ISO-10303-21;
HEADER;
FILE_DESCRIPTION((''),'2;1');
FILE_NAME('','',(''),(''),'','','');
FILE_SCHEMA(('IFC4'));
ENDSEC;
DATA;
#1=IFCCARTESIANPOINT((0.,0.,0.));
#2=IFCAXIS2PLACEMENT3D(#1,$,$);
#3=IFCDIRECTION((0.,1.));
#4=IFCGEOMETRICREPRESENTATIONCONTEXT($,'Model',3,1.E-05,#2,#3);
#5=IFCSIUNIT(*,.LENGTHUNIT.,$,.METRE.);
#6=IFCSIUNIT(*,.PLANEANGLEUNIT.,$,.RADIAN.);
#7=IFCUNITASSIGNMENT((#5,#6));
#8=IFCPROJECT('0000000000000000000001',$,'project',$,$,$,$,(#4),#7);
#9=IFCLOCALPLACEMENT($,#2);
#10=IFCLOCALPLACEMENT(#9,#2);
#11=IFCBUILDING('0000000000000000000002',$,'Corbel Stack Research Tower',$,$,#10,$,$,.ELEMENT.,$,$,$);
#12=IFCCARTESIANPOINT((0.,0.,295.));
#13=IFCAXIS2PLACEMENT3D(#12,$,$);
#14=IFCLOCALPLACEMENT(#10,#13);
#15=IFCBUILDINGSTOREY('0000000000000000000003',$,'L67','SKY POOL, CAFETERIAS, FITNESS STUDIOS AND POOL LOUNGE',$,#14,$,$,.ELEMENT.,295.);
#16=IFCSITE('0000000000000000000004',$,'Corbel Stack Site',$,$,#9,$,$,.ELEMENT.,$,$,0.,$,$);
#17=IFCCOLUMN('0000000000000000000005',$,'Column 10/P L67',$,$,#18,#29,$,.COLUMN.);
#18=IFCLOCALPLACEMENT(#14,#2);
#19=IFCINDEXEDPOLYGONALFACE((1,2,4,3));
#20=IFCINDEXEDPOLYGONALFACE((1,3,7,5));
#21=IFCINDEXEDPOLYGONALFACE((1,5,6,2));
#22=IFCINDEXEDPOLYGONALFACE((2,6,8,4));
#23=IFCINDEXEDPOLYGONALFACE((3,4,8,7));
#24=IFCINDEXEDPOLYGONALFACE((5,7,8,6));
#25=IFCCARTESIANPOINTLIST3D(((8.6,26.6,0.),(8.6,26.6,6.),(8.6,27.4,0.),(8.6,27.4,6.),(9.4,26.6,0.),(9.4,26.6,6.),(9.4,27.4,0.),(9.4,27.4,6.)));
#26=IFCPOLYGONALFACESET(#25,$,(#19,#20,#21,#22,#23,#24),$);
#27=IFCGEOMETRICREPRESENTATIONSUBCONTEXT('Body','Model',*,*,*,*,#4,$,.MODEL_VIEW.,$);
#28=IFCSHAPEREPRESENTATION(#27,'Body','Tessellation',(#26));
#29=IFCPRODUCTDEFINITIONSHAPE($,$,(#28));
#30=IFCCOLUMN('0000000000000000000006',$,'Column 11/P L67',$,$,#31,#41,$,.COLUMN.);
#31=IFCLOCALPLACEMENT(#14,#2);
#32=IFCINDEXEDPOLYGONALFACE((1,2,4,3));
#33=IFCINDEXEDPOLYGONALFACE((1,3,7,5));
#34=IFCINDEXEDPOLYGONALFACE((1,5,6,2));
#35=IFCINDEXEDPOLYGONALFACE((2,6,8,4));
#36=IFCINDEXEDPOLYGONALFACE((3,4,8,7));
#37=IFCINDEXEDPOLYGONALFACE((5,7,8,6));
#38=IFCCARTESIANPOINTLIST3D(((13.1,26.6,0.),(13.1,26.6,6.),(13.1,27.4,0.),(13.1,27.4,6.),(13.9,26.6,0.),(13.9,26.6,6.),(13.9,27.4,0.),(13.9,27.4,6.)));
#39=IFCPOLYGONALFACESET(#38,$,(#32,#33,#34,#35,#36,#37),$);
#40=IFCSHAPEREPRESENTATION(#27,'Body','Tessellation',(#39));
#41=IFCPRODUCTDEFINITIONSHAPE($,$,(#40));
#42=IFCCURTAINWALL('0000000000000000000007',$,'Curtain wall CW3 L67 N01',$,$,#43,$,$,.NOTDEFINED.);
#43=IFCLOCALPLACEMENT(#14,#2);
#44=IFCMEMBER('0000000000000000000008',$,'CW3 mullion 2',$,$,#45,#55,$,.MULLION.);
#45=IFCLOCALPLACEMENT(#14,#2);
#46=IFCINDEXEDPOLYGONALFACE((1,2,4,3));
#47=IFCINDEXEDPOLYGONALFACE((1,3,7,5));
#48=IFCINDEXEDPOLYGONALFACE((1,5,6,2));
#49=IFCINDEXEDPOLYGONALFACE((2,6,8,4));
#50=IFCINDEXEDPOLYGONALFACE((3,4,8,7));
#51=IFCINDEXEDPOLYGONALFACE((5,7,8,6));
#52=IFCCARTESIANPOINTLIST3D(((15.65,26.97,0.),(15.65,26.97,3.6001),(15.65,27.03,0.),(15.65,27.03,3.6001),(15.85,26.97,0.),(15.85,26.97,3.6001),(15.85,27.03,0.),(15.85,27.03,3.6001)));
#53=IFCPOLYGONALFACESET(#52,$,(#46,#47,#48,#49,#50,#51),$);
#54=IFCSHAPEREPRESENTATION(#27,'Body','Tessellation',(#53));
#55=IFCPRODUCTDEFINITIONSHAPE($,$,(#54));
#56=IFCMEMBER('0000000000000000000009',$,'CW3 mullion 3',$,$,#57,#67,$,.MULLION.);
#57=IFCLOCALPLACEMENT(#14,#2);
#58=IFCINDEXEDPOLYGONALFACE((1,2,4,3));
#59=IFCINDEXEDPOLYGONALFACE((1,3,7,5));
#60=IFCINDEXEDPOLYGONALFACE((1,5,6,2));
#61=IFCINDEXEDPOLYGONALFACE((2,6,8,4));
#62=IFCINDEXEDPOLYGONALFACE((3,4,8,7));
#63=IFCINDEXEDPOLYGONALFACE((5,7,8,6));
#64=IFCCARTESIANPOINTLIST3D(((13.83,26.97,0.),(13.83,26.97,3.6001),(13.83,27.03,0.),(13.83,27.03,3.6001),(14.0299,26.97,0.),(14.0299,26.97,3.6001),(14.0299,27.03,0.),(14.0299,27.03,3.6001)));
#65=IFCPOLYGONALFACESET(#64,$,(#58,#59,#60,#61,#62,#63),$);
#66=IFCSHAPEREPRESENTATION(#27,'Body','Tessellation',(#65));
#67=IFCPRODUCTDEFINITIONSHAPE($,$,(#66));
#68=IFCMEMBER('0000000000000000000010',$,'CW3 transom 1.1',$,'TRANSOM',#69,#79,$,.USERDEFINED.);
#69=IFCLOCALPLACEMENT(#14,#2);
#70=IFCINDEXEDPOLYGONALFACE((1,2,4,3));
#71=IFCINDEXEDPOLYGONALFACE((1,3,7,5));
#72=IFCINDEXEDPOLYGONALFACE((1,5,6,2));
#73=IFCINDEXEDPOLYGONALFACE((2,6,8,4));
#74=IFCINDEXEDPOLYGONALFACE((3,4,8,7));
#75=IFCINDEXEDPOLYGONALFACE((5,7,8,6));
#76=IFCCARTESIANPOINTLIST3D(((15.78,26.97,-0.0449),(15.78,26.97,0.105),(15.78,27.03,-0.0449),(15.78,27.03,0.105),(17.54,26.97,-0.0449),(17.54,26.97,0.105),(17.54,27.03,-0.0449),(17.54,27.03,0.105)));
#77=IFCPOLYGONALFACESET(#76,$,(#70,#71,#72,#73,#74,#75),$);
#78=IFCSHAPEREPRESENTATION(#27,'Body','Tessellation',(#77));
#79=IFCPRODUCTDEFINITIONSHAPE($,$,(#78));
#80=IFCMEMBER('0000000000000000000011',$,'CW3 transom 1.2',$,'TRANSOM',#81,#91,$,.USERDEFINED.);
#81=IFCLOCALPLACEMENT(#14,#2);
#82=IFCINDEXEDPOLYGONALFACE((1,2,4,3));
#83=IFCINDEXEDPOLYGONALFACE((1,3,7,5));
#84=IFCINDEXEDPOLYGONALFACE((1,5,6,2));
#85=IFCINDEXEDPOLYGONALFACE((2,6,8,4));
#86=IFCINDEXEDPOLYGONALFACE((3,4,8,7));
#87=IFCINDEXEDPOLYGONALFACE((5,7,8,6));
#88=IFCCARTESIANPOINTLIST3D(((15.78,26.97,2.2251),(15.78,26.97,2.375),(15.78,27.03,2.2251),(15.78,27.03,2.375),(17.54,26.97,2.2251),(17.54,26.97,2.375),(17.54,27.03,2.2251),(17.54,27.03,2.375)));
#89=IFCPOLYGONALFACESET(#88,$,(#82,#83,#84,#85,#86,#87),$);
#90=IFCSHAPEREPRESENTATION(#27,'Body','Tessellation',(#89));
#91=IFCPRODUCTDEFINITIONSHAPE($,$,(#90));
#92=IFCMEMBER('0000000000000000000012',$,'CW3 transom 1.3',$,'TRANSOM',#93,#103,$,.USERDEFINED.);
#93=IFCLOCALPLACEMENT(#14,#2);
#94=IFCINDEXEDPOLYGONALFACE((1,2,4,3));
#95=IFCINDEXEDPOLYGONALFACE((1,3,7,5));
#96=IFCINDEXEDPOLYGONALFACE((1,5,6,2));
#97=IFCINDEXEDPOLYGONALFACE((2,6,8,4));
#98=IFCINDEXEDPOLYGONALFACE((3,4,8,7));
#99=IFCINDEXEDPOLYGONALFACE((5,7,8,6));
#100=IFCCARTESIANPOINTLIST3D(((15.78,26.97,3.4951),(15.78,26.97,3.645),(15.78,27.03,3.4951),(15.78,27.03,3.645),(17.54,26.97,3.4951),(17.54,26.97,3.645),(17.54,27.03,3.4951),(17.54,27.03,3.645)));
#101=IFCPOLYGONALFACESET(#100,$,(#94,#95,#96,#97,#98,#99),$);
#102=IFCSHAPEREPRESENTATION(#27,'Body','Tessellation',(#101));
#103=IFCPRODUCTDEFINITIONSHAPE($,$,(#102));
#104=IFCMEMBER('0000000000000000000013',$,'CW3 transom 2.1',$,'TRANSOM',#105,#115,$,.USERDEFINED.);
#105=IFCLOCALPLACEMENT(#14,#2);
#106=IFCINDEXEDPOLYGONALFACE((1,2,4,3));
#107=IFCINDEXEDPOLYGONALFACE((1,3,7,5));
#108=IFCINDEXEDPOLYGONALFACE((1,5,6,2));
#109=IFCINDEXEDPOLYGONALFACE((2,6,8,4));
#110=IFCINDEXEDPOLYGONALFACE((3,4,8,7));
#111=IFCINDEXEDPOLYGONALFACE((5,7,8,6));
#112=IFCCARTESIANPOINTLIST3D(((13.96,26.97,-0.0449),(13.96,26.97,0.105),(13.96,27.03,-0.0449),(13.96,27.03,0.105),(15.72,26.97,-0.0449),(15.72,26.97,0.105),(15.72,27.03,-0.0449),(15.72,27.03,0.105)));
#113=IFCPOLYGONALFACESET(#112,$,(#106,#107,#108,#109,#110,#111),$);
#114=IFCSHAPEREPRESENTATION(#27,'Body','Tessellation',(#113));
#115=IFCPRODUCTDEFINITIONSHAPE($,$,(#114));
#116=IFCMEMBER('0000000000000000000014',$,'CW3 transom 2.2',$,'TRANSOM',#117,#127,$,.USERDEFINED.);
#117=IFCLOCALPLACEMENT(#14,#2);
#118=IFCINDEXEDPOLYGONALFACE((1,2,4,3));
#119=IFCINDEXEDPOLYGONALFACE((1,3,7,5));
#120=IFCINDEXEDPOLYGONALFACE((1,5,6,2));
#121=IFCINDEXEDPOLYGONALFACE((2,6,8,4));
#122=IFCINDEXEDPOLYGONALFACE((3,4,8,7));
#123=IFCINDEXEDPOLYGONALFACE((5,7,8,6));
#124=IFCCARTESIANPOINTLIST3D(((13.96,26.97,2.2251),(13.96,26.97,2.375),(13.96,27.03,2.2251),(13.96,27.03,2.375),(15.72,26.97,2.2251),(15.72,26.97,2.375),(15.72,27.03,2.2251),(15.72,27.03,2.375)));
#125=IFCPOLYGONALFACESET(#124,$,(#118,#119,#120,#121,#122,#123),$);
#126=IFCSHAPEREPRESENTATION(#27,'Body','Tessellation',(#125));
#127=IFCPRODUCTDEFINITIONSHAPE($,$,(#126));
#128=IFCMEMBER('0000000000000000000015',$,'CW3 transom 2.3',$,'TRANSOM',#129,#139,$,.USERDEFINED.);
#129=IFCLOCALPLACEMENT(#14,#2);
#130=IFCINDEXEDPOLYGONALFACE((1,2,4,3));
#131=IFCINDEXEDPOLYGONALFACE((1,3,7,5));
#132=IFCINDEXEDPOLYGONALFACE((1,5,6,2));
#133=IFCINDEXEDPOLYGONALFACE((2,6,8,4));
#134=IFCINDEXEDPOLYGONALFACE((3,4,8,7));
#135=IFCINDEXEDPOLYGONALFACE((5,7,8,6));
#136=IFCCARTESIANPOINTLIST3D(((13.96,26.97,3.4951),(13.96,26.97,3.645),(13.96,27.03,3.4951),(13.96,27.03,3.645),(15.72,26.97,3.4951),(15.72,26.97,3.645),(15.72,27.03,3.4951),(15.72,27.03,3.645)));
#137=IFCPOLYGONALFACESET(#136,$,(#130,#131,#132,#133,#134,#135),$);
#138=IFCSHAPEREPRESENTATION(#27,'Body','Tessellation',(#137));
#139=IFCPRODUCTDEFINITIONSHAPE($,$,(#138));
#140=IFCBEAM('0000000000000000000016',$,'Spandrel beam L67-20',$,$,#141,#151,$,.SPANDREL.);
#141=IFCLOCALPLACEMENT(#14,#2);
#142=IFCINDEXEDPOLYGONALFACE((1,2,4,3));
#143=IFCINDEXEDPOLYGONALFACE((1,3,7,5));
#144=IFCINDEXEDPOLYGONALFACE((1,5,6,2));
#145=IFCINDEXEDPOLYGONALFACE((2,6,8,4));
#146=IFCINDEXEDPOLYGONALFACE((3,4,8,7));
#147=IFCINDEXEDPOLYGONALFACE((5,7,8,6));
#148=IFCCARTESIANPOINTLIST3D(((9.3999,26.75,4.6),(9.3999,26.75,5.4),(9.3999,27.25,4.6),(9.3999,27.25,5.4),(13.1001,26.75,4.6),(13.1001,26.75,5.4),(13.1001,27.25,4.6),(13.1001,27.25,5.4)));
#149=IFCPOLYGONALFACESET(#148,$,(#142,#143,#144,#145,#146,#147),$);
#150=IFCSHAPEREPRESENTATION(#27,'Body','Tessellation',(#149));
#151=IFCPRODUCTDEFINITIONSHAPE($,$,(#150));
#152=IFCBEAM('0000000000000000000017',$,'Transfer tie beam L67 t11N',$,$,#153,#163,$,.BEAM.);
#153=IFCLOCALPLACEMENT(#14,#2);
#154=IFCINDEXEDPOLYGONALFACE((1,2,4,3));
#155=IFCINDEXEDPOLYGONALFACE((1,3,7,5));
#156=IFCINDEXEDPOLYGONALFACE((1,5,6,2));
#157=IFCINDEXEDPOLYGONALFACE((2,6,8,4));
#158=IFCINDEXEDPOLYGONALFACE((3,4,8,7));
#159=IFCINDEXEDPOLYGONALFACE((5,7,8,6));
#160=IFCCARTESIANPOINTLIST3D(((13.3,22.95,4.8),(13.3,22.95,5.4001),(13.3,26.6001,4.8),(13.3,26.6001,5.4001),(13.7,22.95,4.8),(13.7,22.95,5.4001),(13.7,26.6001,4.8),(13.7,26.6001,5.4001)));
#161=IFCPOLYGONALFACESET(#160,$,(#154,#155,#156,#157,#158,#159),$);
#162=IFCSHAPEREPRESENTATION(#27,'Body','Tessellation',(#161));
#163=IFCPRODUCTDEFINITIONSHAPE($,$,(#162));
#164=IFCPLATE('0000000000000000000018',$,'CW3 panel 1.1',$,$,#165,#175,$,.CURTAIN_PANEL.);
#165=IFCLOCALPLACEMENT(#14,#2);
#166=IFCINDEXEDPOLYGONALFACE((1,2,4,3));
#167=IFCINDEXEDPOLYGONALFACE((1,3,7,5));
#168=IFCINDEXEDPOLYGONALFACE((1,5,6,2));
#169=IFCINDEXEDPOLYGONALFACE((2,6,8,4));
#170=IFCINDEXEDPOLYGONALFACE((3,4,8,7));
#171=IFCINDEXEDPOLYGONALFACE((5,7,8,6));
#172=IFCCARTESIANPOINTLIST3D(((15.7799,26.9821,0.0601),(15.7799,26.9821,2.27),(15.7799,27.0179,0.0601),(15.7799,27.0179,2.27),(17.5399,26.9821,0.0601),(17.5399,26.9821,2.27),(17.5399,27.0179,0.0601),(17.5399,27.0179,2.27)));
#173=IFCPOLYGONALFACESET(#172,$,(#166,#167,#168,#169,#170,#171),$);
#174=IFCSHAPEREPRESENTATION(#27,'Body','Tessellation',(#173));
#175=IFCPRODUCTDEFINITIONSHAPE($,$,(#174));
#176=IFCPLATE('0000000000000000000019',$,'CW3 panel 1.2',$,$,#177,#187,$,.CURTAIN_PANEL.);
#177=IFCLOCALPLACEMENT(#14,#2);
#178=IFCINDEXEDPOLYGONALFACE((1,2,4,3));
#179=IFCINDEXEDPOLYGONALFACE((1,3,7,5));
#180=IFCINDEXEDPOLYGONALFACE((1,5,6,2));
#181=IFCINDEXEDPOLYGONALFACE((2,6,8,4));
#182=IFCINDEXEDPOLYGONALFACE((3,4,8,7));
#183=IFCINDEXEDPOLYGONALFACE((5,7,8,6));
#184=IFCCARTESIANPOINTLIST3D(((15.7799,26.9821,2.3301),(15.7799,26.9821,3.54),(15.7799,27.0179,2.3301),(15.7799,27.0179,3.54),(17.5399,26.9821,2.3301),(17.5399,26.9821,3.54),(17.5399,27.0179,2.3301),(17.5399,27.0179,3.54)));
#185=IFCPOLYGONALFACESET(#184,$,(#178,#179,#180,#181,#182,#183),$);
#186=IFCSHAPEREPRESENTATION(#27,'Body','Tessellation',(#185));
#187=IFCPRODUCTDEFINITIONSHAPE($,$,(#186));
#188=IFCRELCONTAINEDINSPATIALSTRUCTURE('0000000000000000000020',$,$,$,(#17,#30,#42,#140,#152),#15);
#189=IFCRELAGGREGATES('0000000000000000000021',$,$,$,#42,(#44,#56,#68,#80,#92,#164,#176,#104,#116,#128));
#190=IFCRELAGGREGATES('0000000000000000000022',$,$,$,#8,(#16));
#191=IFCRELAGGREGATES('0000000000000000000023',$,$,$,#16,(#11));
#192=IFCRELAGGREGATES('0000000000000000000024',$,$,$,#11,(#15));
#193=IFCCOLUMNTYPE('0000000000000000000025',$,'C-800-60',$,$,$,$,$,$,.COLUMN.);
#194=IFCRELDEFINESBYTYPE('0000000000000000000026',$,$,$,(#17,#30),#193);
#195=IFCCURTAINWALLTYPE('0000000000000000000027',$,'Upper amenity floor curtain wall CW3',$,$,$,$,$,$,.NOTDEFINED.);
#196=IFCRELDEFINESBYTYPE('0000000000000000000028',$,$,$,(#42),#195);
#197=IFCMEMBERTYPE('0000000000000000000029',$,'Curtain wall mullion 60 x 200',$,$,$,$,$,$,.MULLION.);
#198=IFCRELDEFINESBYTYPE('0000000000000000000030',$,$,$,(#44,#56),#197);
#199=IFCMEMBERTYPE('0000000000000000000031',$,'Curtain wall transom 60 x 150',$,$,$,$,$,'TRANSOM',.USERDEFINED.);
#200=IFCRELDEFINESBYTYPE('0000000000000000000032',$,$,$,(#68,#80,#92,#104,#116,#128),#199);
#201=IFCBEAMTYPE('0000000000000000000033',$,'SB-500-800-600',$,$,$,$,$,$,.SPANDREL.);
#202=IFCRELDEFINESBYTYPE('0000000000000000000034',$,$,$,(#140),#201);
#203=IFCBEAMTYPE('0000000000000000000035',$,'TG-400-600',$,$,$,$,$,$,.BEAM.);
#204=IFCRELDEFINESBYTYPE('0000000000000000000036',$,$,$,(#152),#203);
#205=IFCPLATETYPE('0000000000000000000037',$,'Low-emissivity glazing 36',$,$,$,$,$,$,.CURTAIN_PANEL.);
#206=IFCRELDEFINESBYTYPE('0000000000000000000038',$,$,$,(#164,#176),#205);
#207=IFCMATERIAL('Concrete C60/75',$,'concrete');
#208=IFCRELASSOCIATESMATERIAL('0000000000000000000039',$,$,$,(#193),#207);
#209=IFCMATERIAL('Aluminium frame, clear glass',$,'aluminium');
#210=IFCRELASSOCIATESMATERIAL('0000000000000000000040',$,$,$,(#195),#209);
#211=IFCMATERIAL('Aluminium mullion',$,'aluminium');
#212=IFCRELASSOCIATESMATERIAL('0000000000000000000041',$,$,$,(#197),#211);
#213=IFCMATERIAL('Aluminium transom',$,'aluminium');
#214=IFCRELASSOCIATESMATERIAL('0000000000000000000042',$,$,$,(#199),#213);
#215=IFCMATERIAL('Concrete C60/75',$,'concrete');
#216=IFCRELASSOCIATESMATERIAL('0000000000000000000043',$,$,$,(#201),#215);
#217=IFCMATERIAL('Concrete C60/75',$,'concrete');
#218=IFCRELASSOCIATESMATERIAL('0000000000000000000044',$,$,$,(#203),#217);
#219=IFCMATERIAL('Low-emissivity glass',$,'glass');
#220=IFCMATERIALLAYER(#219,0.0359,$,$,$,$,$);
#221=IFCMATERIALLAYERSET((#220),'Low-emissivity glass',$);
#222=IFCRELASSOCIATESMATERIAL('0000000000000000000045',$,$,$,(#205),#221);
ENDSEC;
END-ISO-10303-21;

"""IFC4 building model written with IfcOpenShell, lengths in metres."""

from ifc_helpers import new_model, si_unit, direction, frame, origin, origin_2d, place, context, subcontext, project, spatial, rectangle, extrude, material, layer, layer_set, material_profile, profile_set, type_object, element, aggregate, save


model = new_model("IFC4")

# Units and contexts
model_context = context("Model", 3, precision=1e-05, world=origin(), true_north=direction((0.0, 1.0)))
body_context = subcontext(model_context, "Body", "Model", "MODEL_VIEW")
ifc_project = project(units=[si_unit("LENGTHUNIT", "METRE"), si_unit("PLANEANGLEUNIT", "RADIAN")], contexts=[model_context])

# Site, building, storey
site_placement = place(None, origin())
site = spatial("IfcSite", under=ifc_project, at=site_placement, Name="Corbel Stack Site", CompositionType="ELEMENT", RefElevation=0.0)
building_placement = place(site_placement, origin())
building = spatial("IfcBuilding", under=site, at=building_placement, Name="Corbel Stack Research Tower", CompositionType="ELEMENT")
storey_placement = place(building_placement, frame((0.0, 0.0, 295.0)))
storey = spatial("IfcBuildingStorey", under=building, at=storey_placement, Name="L67", Description="SKY POOL, CAFETERIAS, FITNESS STUDIOS AND POOL LOUNGE", CompositionType="ELEMENT", Elevation=295.0)

# Columns
ifc_material_1 = material(Name="Concrete C60/75", Category="concrete")
ifc_material_profile_1 = material_profile(ifc_material_1, rectangle(XDim=0.8, YDim=0.8, at=origin_2d()), Name="RC 800 x 800")
ifc_profile_set_1 = profile_set([ifc_material_profile_1], Name="Concrete C60/75")
column_type = type_object("IfcColumnType", Name="C-800-60", PredefinedType="COLUMN", material=ifc_profile_set_1)
for number, where, z_axis, x_axis, name in (
    (1, (9.0, 27.0, 0.0), (0.0, 0.0, 1.0), (1.0, 0.0, 0.0), "Column 10/P L67"),
    (2, (13.5, 27.0, 0.0), (0.0, 0.0, 1.0), (1.0, 0.0, 0.0), "Column 11/P L67"),
):
    element("IfcColumn", number, at=place(storey_placement, frame(where, z_axis=z_axis, x_axis=x_axis)), inside=storey, type_object=column_type, Name=name, PredefinedType="COLUMN", context=body_context, shape_type="SweptSolid", body=[
        extrude(rectangle(XDim=0.8, YDim=0.8, at=origin_2d()), origin(), (0.0, 0.0, 1.0), 6.0),
    ])

# Curtain wall, members
ifc_material_2 = material(Name="Aluminium frame, clear glass", Category="aluminium")
curtain_wall_type = type_object("IfcCurtainWallType", Name="Upper amenity floor curtain wall CW3", PredefinedType="NOTDEFINED", material=ifc_material_2)
curtain_wall_placement = place(storey_placement, origin())
curtain_wall = element("IfcCurtainWall", 3, at=curtain_wall_placement, inside=storey, type_object=curtain_wall_type, Name="Curtain wall CW3 L67 N01", PredefinedType="NOTDEFINED")
ifc_material_3 = material(Name="Aluminium mullion", Category="aluminium")
ifc_material_profile_2 = material_profile(ifc_material_3, rectangle(XDim=0.0601, YDim=0.2, at=origin_2d()), Name="Mullion 60 x 200")
ifc_profile_set_2 = profile_set([ifc_material_profile_2], Name="Aluminium mullion")
member_type_1 = type_object("IfcMemberType", Name="Curtain wall mullion 60 x 200", PredefinedType="MULLION", material=ifc_profile_set_2)
member_1_placement = place(storey_placement, frame((15.75, 27.0, 0.0), z_axis=(0.0, 0.0, 1.0), x_axis=(0.0, -1.0, 0.0)))
member_1 = element("IfcMember", 4, at=member_1_placement, type_object=member_type_1, Name="CW3 mullion 2", PredefinedType="MULLION", context=body_context, shape_type="SweptSolid", body=[
    extrude(rectangle(XDim=0.0601, YDim=0.2, at=origin_2d()), origin(), (0.0, 0.0, 1.0), 3.6001),
])
member_2_placement = place(storey_placement, frame((13.9299, 27.0, 0.0), z_axis=(0.0, 0.0, 1.0), x_axis=(0.0, -1.0, 0.0)))
member_2 = element("IfcMember", 5, at=member_2_placement, type_object=member_type_1, Name="CW3 mullion 3", PredefinedType="MULLION", context=body_context, shape_type="SweptSolid", body=[
    extrude(rectangle(XDim=0.0601, YDim=0.2, at=origin_2d()), origin(), (0.0, 0.0, 1.0), 3.6001),
])
ifc_material_4 = material(Name="Aluminium transom", Category="aluminium")
ifc_material_profile_3 = material_profile(ifc_material_4, rectangle(XDim=0.0601, YDim=0.1499, at=origin_2d()), Name="Transom 60 x 150")
ifc_profile_set_3 = profile_set([ifc_material_profile_3], Name="Aluminium transom")
member_type_2 = type_object("IfcMemberType", Name="Curtain wall transom 60 x 150", ElementType="TRANSOM", PredefinedType="USERDEFINED", material=ifc_profile_set_3)
member_3_placement = place(storey_placement, frame((17.54, 27.0, 0.03), z_axis=(-1.0, 0.0, 0.0), x_axis=(0.0, -1.0, 0.0)))
member_3 = element("IfcMember", 6, at=member_3_placement, type_object=member_type_2, Name="CW3 transom 1.1", ObjectType="TRANSOM", PredefinedType="USERDEFINED", context=body_context, shape_type="SweptSolid", body=[
    extrude(rectangle(XDim=0.0601, YDim=0.1499, at=origin_2d()), origin(), (0.0, 0.0, 1.0), 1.76),
])
member_4_placement = place(storey_placement, frame((17.54, 27.0, 2.3), z_axis=(-1.0, 0.0, 0.0), x_axis=(0.0, -1.0, 0.0)))
member_4 = element("IfcMember", 7, at=member_4_placement, type_object=member_type_2, Name="CW3 transom 1.2", ObjectType="TRANSOM", PredefinedType="USERDEFINED", context=body_context, shape_type="SweptSolid", body=[
    extrude(rectangle(XDim=0.0601, YDim=0.1499, at=origin_2d()), origin(), (0.0, 0.0, 1.0), 1.76),
])
member_5_placement = place(storey_placement, frame((17.54, 27.0, 3.5701), z_axis=(-1.0, 0.0, 0.0), x_axis=(0.0, -1.0, 0.0)))
member_5 = element("IfcMember", 8, at=member_5_placement, type_object=member_type_2, Name="CW3 transom 1.3", ObjectType="TRANSOM", PredefinedType="USERDEFINED", context=body_context, shape_type="SweptSolid", body=[
    extrude(rectangle(XDim=0.0601, YDim=0.1499, at=origin_2d()), origin(), (0.0, 0.0, 1.0), 1.76),
])
member_6_placement = place(storey_placement, frame((15.72, 27.0, 0.03), z_axis=(-1.0, 0.0, 0.0), x_axis=(0.0, -1.0, 0.0)))
member_6 = element("IfcMember", 9, at=member_6_placement, type_object=member_type_2, Name="CW3 transom 2.1", ObjectType="TRANSOM", PredefinedType="USERDEFINED", context=body_context, shape_type="SweptSolid", body=[
    extrude(rectangle(XDim=0.0601, YDim=0.1499, at=origin_2d()), origin(), (0.0, 0.0, 1.0), 1.76),
])
member_7_placement = place(storey_placement, frame((15.72, 27.0, 2.3), z_axis=(-1.0, 0.0, 0.0), x_axis=(0.0, -1.0, 0.0)))
member_7 = element("IfcMember", 10, at=member_7_placement, type_object=member_type_2, Name="CW3 transom 2.2", ObjectType="TRANSOM", PredefinedType="USERDEFINED", context=body_context, shape_type="SweptSolid", body=[
    extrude(rectangle(XDim=0.0601, YDim=0.1499, at=origin_2d()), origin(), (0.0, 0.0, 1.0), 1.76),
])
member_8_placement = place(storey_placement, frame((15.72, 27.0, 3.5701), z_axis=(-1.0, 0.0, 0.0), x_axis=(0.0, -1.0, 0.0)))
member_8 = element("IfcMember", 11, at=member_8_placement, type_object=member_type_2, Name="CW3 transom 2.3", ObjectType="TRANSOM", PredefinedType="USERDEFINED", context=body_context, shape_type="SweptSolid", body=[
    extrude(rectangle(XDim=0.0601, YDim=0.1499, at=origin_2d()), origin(), (0.0, 0.0, 1.0), 1.76),
])

# Beams
ifc_material_5 = material(Name="Concrete C60/75", Category="concrete")
ifc_material_profile_4 = material_profile(ifc_material_5, rectangle(XDim=0.5, YDim=0.8, at=origin_2d()), Name="RC 500 x 800")
ifc_profile_set_4 = profile_set([ifc_material_profile_4], Name="Concrete C60/75")
beam_type_1 = type_object("IfcBeamType", Name="SB-500-800-600", PredefinedType="SPANDREL", material=ifc_profile_set_4)
beam_1_placement = place(storey_placement, frame((13.1001, 27.0, 5.0), z_axis=(-1.0, 0.0, 0.0), x_axis=(0.0, -1.0, 0.0)))
element("IfcBeam", 12, at=beam_1_placement, inside=storey, type_object=beam_type_1, Name="Spandrel beam L67-20", PredefinedType="SPANDREL", context=body_context, shape_type="SweptSolid", body=[
    extrude(rectangle(XDim=0.5, YDim=0.8, at=origin_2d()), origin(), (0.0, 0.0, 1.0), 3.7002),
])
ifc_material_6 = material(Name="Concrete C60/75", Category="concrete")
ifc_material_profile_5 = material_profile(ifc_material_6, rectangle(XDim=0.3999, YDim=0.6001, at=origin_2d()), Name="RC 400 x 600")
ifc_profile_set_5 = profile_set([ifc_material_profile_5], Name="Concrete C60/75")
beam_type_2 = type_object("IfcBeamType", Name="TG-400-600", PredefinedType="BEAM", material=ifc_profile_set_5)
beam_2_placement = place(storey_placement, frame((13.5, 22.95, 5.1001), z_axis=(0.0, 1.0, 0.0), x_axis=(-1.0, 0.0, 0.0)))
element("IfcBeam", 13, at=beam_2_placement, inside=storey, type_object=beam_type_2, Name="Transfer tie beam L67 t11N", PredefinedType="BEAM", context=body_context, shape_type="SweptSolid", body=[
    extrude(rectangle(XDim=0.3999, YDim=0.6001, at=origin_2d()), origin(), (0.0, 0.0, 1.0), 3.6501),
])

# Plates
ifc_material_7 = material(Name="Low-emissivity glass", Category="glass")
ifc_layer_1 = layer(ifc_material_7, 0.0359)
ifc_layer_set_1 = layer_set([ifc_layer_1], Name="Low-emissivity glass")
plate_type = type_object("IfcPlateType", Name="Low-emissivity glazing 36", PredefinedType="CURTAIN_PANEL", material=ifc_layer_set_1)
plate_1_placement = place(storey_placement, frame((16.6599, 27.0, 0.0601), z_axis=(0.0, 0.0, 1.0), x_axis=(-1.0, 0.0, 0.0)))
plate_1 = element("IfcPlate", 14, at=plate_1_placement, type_object=plate_type, Name="CW3 panel 1.1", PredefinedType="CURTAIN_PANEL", context=body_context, shape_type="SweptSolid", body=[
    extrude(rectangle(XDim=1.76, YDim=0.0359, at=origin_2d()), origin(), (0.0, 0.0, 1.0), 2.21),
])
plate_2_placement = place(storey_placement, frame((16.6599, 27.0, 2.3301), z_axis=(0.0, 0.0, 1.0), x_axis=(-1.0, 0.0, 0.0)))
plate_2 = element("IfcPlate", 15, at=plate_2_placement, type_object=plate_type, Name="CW3 panel 1.2", PredefinedType="CURTAIN_PANEL", context=body_context, shape_type="SweptSolid", body=[
    extrude(rectangle(XDim=1.76, YDim=0.0359, at=origin_2d()), origin(), (0.0, 0.0, 1.0), 1.21),
])
aggregate(curtain_wall, [member_1, member_2, member_3, member_4, member_5, plate_1, plate_2, member_6, member_7, member_8])

save(model, "model.ifc")
